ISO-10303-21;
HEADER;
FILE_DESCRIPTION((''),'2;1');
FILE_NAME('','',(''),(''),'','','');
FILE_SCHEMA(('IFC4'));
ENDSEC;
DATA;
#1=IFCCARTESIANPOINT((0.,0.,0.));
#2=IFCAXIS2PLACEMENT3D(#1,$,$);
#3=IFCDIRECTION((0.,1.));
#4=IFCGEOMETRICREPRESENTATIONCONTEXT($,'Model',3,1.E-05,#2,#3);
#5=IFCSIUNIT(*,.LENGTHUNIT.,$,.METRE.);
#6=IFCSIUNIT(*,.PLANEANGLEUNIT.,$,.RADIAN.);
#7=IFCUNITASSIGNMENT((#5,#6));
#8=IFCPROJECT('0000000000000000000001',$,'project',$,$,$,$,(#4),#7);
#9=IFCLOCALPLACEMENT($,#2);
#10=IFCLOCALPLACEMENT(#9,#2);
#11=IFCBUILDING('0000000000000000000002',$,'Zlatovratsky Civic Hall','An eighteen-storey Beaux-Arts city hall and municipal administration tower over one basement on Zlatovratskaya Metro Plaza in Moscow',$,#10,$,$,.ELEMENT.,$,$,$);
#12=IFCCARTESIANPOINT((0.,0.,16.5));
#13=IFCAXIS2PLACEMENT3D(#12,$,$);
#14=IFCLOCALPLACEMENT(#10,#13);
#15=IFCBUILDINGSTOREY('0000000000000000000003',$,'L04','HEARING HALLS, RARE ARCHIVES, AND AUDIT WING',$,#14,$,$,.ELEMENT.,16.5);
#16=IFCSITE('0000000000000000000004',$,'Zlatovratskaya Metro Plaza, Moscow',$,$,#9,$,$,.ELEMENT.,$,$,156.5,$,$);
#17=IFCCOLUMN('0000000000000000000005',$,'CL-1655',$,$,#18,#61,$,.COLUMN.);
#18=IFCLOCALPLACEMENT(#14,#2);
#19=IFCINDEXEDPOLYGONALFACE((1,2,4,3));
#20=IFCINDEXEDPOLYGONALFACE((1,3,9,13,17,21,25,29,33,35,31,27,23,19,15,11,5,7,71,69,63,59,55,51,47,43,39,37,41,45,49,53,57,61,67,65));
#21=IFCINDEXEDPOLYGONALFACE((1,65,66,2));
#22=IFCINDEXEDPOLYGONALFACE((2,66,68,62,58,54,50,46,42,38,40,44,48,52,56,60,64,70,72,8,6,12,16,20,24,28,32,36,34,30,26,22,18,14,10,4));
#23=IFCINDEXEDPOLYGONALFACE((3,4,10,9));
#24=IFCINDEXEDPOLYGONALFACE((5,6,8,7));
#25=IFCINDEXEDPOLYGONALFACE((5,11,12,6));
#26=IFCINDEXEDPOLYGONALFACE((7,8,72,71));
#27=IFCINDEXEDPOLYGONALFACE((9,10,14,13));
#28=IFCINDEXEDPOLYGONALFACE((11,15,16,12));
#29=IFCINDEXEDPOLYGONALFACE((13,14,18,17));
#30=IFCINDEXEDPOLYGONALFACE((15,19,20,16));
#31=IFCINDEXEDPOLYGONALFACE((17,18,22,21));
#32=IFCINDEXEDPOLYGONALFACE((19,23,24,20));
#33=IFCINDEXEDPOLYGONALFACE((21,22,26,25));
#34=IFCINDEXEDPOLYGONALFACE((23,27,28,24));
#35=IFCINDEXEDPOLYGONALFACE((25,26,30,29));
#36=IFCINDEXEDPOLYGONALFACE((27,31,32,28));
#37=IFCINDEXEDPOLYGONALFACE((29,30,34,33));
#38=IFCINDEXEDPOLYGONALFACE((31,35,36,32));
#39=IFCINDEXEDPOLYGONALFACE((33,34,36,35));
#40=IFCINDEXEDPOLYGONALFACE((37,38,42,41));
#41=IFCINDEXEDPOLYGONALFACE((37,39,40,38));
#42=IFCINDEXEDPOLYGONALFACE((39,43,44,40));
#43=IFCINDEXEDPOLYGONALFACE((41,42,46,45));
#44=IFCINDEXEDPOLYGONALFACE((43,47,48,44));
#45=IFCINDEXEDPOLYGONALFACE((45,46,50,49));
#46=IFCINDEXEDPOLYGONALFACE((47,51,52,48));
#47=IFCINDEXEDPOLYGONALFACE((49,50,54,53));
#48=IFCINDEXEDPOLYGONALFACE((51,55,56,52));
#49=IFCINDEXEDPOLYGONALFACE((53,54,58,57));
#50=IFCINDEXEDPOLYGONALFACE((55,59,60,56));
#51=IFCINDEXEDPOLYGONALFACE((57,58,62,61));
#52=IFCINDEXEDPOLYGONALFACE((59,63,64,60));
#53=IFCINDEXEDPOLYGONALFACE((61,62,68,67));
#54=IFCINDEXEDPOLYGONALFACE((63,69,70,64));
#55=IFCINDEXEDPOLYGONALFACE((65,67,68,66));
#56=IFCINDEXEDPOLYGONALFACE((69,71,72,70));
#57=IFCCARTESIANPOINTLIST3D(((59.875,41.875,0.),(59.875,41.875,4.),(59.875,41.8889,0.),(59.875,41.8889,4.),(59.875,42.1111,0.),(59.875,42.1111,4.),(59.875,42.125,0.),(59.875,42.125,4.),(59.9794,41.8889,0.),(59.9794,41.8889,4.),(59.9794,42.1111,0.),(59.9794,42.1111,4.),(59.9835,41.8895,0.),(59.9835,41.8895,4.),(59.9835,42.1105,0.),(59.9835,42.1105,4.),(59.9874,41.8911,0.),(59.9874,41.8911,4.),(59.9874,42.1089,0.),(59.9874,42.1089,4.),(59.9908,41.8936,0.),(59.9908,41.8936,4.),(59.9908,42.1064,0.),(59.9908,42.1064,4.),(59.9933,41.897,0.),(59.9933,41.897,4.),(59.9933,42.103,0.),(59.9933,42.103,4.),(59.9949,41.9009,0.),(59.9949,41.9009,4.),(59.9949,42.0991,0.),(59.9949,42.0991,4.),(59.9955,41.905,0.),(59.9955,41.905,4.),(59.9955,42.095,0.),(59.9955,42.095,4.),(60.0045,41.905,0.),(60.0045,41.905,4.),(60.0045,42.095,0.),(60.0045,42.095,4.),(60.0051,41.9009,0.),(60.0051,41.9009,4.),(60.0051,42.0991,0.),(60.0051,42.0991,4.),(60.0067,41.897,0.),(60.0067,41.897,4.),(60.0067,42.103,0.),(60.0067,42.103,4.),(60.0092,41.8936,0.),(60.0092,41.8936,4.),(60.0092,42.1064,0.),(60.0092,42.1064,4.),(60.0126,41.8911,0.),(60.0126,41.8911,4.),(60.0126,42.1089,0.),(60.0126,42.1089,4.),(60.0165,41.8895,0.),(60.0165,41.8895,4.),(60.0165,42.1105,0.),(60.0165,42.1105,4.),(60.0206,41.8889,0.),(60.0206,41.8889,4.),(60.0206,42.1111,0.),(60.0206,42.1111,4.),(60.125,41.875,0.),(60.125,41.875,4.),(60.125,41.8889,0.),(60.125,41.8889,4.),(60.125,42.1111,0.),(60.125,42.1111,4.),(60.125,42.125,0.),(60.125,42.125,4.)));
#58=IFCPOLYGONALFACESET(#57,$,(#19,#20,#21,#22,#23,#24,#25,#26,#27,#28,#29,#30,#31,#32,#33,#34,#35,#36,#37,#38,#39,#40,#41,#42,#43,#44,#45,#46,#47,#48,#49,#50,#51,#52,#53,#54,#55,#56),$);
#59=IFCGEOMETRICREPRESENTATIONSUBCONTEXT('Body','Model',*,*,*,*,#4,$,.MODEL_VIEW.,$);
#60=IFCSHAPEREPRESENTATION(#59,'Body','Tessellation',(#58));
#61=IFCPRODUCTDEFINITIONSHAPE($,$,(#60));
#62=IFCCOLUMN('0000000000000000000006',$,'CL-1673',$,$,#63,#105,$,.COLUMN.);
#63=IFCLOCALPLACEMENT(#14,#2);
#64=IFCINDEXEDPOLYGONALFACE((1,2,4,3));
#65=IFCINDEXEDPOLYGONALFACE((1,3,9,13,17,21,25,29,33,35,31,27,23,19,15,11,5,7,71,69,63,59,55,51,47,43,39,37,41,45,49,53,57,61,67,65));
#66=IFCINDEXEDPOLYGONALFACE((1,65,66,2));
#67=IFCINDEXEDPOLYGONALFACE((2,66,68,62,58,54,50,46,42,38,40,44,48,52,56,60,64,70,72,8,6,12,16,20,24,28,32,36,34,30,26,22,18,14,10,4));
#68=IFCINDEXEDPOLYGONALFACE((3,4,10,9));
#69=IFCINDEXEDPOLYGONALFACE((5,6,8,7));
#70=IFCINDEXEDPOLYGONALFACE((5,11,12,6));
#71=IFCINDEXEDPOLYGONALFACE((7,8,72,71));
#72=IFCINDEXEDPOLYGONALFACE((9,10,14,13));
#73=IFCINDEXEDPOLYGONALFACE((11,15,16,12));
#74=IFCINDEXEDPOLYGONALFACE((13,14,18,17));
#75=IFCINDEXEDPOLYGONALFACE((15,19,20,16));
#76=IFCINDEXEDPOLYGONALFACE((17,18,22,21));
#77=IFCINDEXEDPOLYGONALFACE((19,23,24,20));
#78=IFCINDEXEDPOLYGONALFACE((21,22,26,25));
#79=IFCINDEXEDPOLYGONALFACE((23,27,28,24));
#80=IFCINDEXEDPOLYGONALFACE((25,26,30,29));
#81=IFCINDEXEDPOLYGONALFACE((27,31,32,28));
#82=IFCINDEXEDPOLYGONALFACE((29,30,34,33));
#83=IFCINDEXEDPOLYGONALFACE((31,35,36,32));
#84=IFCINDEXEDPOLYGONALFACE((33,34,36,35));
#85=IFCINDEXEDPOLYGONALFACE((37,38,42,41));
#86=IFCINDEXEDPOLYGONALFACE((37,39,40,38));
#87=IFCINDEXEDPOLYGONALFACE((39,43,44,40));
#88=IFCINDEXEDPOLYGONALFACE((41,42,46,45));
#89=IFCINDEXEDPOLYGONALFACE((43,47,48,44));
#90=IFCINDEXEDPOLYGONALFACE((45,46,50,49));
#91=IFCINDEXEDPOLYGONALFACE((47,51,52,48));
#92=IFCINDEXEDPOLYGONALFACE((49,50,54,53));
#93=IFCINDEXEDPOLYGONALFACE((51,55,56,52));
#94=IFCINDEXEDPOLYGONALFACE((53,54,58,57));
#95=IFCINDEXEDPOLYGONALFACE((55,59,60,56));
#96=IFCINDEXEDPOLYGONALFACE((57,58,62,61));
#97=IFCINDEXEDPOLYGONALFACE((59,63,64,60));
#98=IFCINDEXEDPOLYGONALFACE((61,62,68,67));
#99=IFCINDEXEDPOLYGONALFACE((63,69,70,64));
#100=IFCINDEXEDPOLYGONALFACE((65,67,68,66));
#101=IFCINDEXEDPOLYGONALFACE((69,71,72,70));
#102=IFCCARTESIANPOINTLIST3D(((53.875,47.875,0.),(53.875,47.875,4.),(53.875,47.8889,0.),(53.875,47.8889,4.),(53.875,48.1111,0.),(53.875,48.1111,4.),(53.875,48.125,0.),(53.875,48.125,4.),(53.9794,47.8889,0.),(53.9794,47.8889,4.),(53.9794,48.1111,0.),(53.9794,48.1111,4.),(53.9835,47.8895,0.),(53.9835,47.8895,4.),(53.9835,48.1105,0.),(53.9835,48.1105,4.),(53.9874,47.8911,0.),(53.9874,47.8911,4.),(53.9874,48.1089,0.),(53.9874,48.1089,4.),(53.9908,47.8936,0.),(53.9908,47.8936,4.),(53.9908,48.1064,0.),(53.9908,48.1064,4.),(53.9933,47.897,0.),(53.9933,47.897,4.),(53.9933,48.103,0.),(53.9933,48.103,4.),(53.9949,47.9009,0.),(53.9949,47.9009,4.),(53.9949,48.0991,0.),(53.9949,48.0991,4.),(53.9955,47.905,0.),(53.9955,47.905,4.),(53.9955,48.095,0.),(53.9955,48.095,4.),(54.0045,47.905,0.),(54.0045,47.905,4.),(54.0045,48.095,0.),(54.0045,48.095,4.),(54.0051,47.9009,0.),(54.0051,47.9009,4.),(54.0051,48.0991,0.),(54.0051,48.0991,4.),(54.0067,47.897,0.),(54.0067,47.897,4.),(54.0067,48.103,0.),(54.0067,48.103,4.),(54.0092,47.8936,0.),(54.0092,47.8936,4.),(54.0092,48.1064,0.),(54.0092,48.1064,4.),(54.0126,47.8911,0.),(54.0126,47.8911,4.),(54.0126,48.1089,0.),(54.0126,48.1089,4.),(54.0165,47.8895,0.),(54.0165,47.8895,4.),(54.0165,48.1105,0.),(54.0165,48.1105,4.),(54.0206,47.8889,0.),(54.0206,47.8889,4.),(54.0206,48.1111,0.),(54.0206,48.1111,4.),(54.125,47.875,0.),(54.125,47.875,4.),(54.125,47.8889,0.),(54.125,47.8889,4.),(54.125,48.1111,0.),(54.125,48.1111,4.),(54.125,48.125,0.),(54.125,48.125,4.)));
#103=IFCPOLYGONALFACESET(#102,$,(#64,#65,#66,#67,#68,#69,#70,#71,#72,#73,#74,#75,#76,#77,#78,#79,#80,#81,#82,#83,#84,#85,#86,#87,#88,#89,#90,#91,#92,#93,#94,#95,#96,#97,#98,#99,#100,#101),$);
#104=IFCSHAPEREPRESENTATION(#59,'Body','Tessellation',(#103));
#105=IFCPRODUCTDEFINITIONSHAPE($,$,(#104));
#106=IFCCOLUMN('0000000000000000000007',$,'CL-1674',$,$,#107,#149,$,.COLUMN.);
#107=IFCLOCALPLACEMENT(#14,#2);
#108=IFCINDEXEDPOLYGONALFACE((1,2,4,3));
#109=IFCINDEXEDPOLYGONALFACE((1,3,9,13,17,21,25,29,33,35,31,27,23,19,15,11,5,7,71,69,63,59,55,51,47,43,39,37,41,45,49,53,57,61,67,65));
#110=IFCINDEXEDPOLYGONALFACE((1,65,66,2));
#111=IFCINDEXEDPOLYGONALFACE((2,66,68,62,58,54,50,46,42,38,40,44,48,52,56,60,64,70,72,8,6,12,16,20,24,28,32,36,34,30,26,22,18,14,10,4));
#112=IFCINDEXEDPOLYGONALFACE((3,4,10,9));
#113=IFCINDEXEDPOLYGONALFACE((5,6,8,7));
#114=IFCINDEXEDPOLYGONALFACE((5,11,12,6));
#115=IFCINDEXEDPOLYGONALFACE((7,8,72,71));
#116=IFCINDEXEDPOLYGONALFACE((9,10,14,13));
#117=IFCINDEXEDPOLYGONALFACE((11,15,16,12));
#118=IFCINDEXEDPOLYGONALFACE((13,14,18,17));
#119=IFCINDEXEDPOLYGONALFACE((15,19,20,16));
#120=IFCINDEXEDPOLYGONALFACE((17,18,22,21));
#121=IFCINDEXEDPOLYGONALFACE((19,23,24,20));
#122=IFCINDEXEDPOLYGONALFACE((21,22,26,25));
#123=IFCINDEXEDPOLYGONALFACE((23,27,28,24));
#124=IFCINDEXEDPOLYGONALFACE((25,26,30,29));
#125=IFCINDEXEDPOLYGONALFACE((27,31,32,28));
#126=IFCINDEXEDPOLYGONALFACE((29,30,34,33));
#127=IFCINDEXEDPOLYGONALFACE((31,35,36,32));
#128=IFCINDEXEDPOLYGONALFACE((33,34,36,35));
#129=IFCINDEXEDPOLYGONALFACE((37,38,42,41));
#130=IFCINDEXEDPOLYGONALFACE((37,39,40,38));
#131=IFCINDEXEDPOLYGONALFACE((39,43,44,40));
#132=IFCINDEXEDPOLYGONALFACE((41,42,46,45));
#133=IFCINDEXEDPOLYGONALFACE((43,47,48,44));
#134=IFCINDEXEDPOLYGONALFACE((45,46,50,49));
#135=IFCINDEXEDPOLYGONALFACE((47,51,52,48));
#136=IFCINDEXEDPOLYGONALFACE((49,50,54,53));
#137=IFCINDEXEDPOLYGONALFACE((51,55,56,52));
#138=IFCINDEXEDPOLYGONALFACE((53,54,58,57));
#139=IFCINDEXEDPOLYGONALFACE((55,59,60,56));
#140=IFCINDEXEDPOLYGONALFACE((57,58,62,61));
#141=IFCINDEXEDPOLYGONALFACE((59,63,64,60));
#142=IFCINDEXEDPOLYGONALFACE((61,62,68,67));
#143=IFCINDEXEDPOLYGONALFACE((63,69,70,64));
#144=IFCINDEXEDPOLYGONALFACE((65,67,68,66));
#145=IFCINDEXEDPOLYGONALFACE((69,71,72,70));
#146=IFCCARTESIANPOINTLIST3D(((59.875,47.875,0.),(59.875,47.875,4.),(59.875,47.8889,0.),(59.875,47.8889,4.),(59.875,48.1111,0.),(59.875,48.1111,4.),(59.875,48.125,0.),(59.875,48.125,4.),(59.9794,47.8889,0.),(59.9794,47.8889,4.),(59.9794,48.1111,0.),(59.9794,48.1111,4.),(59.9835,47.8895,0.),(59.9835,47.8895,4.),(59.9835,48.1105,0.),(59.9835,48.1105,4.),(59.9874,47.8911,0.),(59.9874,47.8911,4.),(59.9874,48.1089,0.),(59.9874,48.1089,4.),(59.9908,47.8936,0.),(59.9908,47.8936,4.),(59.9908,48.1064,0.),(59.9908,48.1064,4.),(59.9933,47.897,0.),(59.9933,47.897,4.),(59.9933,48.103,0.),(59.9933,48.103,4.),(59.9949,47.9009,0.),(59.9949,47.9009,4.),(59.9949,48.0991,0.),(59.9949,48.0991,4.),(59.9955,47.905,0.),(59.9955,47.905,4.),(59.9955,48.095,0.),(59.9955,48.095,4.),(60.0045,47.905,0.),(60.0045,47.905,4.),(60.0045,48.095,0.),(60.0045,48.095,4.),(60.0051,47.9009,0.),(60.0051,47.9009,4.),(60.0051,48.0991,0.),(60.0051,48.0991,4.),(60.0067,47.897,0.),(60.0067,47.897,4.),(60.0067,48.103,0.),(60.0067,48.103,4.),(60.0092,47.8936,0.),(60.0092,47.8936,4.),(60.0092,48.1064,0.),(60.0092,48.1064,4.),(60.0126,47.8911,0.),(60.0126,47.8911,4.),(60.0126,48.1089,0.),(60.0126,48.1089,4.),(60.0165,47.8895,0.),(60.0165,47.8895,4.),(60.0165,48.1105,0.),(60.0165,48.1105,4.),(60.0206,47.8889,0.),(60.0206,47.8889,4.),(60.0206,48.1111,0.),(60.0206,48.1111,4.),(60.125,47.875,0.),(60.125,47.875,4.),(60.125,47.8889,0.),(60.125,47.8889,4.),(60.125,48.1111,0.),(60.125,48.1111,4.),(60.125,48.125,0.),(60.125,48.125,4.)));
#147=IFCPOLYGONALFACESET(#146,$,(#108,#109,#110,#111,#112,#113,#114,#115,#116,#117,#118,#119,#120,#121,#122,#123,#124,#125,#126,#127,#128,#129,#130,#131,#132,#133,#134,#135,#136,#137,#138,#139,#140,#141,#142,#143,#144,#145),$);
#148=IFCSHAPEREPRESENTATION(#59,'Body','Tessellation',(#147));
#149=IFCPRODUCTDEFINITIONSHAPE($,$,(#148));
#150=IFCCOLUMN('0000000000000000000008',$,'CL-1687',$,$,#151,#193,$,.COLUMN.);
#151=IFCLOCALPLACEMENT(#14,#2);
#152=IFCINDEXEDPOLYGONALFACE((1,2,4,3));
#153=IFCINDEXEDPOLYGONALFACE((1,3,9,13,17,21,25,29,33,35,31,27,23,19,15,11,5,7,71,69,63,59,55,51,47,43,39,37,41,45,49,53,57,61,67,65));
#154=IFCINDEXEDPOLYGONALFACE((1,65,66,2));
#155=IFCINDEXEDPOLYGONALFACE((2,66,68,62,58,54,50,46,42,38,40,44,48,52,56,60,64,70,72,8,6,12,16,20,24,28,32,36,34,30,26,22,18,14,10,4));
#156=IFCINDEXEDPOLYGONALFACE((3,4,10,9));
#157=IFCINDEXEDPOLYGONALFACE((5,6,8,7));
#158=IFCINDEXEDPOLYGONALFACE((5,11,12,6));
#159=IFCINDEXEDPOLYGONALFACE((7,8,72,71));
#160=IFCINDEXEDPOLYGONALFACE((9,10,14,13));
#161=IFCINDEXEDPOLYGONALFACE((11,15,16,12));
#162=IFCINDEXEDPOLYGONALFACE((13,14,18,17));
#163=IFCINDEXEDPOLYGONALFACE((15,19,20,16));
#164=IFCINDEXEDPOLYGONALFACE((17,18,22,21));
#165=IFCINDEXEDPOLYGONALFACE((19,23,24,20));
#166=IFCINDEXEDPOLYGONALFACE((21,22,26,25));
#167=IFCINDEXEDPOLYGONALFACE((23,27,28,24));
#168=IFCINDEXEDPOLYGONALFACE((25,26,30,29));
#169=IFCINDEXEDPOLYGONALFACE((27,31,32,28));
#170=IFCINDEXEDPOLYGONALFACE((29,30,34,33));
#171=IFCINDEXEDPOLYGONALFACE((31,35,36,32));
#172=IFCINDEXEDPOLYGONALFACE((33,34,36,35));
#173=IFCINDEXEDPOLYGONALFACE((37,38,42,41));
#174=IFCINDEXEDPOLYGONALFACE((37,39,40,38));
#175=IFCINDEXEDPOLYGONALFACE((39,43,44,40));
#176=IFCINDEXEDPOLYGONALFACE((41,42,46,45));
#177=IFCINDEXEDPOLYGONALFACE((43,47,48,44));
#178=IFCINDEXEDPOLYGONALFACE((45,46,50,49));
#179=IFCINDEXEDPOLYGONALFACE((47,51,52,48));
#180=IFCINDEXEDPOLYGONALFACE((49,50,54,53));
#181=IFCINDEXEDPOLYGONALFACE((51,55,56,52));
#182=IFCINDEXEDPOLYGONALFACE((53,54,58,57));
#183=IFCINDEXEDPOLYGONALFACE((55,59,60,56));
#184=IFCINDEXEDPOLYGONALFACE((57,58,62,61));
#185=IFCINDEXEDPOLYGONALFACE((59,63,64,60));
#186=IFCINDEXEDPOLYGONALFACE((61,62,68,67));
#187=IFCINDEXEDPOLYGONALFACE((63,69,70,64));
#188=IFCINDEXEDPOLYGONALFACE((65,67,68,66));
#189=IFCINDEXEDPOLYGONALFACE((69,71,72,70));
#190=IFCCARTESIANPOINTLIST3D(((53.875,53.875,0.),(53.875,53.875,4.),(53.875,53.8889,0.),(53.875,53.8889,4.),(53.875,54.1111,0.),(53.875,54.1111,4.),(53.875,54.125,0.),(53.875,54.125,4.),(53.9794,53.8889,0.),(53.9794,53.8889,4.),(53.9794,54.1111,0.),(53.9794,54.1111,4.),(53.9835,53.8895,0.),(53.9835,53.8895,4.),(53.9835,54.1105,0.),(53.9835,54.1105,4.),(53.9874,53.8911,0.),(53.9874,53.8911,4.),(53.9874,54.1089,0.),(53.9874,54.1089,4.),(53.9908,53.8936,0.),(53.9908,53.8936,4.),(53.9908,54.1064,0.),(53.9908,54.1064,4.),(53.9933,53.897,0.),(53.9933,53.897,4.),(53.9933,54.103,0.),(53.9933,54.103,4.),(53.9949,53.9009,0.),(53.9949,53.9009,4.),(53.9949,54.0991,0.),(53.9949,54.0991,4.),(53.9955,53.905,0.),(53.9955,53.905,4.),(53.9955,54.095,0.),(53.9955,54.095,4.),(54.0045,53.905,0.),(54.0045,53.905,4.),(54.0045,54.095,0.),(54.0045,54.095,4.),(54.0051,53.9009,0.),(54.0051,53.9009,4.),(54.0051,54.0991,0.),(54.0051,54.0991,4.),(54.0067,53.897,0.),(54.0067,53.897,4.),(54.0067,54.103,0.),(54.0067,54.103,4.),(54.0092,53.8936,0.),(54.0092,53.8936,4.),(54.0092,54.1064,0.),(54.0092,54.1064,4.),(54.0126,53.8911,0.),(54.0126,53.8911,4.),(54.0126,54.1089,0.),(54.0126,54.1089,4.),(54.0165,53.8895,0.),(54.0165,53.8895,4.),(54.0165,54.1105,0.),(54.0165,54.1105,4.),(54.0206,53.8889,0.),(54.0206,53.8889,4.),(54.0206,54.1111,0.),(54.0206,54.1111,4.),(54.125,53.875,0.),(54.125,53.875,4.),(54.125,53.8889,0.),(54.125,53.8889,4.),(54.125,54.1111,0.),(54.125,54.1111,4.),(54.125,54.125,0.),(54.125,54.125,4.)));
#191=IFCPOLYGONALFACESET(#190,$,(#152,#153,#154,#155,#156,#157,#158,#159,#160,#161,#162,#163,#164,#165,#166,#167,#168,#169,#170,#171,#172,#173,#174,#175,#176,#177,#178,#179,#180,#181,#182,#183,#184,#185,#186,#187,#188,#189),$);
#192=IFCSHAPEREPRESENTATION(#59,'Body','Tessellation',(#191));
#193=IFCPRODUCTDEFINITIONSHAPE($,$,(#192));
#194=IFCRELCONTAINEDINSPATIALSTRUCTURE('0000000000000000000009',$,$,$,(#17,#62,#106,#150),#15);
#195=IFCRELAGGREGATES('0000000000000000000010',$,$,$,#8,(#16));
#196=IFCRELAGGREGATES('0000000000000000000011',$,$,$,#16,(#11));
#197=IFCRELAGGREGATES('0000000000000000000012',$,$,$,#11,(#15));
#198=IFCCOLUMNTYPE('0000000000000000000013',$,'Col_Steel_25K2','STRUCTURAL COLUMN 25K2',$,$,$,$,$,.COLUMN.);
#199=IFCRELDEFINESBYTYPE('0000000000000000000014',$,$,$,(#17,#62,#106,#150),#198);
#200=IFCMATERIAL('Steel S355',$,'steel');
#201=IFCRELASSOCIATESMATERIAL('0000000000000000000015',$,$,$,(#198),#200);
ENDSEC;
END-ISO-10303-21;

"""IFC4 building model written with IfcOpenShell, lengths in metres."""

from ifc_helpers import new_model, si_unit, direction, frame, origin, origin_2d, place, context, subcontext, project, spatial, i_section, extrude, material, material_profile, profile_set, type_object, element, save


model = new_model("IFC4")

# Units and contexts
model_context = context("Model", 3, precision=1e-05, world=origin(), true_north=direction((0.0, 1.0)))
body_context = subcontext(model_context, "Body", "Model", "MODEL_VIEW")
ifc_project = project(units=[si_unit("LENGTHUNIT", "METRE"), si_unit("PLANEANGLEUNIT", "RADIAN")], contexts=[model_context])

# Site, building, storey
site_placement = place(None, origin())
site = spatial("IfcSite", under=ifc_project, at=site_placement, Name="Zlatovratskaya Metro Plaza, Moscow", CompositionType="ELEMENT", RefElevation=156.5)
building_placement = place(site_placement, origin())
building = spatial("IfcBuilding", under=site, at=building_placement, Name="Zlatovratsky Civic Hall", Description="An eighteen-storey Beaux-Arts city hall and municipal administration tower over one basement on Zlatovratskaya Metro Plaza in Moscow", CompositionType="ELEMENT")
storey_placement = place(building_placement, frame((0.0, 0.0, 16.5)))
storey = spatial("IfcBuildingStorey", under=building, at=storey_placement, Name="L04", Description="HEARING HALLS, RARE ARCHIVES, AND AUDIT WING", CompositionType="ELEMENT", Elevation=16.5)

# Columns
ifc_material_1 = material(Name="Steel S355", Category="steel")
ifc_material_profile_1 = material_profile(ifc_material_1, i_section(OverallWidth=0.25, OverallDepth=0.25, WebThickness=0.009, FlangeThickness=0.0139, FilletRadius=0.0161, at=origin_2d()), Name="25K2")
ifc_profile_set_1 = profile_set([ifc_material_profile_1], Name="Steel S355")
column_type_1 = type_object("IfcColumnType", Name="Col_Steel_25K2", Description="STRUCTURAL COLUMN 25K2", PredefinedType="COLUMN", material=ifc_profile_set_1)
for number, where, z_axis, x_axis, name in (
    (1, (60.0, 42.0, 0.0), (0.0, 0.0, 1.0), (1.0, 0.0, 0.0), "CL-1655"),
    (2, (54.0, 48.0, 0.0), (0.0, 0.0, 1.0), (1.0, 0.0, 0.0), "CL-1673"),
    (3, (60.0, 48.0, 0.0), (0.0, 0.0, 1.0), (1.0, 0.0, 0.0), "CL-1674"),
    (4, (54.0, 54.0, 0.0), (0.0, 0.0, 1.0), (1.0, 0.0, 0.0), "CL-1687"),
):
    element("IfcColumn", number, at=place(storey_placement, frame(where, z_axis=z_axis, x_axis=x_axis)), inside=storey, type_object=column_type_1, Name=name, PredefinedType="COLUMN", context=body_context, shape_type="SweptSolid", body=[
        extrude(i_section(OverallWidth=0.25, OverallDepth=0.25, WebThickness=0.009, FlangeThickness=0.0139, FilletRadius=0.0161, at=origin_2d()), origin(), (0.0, 0.0, 1.0), 4.0),
    ])

save(model, "model.ifc")
